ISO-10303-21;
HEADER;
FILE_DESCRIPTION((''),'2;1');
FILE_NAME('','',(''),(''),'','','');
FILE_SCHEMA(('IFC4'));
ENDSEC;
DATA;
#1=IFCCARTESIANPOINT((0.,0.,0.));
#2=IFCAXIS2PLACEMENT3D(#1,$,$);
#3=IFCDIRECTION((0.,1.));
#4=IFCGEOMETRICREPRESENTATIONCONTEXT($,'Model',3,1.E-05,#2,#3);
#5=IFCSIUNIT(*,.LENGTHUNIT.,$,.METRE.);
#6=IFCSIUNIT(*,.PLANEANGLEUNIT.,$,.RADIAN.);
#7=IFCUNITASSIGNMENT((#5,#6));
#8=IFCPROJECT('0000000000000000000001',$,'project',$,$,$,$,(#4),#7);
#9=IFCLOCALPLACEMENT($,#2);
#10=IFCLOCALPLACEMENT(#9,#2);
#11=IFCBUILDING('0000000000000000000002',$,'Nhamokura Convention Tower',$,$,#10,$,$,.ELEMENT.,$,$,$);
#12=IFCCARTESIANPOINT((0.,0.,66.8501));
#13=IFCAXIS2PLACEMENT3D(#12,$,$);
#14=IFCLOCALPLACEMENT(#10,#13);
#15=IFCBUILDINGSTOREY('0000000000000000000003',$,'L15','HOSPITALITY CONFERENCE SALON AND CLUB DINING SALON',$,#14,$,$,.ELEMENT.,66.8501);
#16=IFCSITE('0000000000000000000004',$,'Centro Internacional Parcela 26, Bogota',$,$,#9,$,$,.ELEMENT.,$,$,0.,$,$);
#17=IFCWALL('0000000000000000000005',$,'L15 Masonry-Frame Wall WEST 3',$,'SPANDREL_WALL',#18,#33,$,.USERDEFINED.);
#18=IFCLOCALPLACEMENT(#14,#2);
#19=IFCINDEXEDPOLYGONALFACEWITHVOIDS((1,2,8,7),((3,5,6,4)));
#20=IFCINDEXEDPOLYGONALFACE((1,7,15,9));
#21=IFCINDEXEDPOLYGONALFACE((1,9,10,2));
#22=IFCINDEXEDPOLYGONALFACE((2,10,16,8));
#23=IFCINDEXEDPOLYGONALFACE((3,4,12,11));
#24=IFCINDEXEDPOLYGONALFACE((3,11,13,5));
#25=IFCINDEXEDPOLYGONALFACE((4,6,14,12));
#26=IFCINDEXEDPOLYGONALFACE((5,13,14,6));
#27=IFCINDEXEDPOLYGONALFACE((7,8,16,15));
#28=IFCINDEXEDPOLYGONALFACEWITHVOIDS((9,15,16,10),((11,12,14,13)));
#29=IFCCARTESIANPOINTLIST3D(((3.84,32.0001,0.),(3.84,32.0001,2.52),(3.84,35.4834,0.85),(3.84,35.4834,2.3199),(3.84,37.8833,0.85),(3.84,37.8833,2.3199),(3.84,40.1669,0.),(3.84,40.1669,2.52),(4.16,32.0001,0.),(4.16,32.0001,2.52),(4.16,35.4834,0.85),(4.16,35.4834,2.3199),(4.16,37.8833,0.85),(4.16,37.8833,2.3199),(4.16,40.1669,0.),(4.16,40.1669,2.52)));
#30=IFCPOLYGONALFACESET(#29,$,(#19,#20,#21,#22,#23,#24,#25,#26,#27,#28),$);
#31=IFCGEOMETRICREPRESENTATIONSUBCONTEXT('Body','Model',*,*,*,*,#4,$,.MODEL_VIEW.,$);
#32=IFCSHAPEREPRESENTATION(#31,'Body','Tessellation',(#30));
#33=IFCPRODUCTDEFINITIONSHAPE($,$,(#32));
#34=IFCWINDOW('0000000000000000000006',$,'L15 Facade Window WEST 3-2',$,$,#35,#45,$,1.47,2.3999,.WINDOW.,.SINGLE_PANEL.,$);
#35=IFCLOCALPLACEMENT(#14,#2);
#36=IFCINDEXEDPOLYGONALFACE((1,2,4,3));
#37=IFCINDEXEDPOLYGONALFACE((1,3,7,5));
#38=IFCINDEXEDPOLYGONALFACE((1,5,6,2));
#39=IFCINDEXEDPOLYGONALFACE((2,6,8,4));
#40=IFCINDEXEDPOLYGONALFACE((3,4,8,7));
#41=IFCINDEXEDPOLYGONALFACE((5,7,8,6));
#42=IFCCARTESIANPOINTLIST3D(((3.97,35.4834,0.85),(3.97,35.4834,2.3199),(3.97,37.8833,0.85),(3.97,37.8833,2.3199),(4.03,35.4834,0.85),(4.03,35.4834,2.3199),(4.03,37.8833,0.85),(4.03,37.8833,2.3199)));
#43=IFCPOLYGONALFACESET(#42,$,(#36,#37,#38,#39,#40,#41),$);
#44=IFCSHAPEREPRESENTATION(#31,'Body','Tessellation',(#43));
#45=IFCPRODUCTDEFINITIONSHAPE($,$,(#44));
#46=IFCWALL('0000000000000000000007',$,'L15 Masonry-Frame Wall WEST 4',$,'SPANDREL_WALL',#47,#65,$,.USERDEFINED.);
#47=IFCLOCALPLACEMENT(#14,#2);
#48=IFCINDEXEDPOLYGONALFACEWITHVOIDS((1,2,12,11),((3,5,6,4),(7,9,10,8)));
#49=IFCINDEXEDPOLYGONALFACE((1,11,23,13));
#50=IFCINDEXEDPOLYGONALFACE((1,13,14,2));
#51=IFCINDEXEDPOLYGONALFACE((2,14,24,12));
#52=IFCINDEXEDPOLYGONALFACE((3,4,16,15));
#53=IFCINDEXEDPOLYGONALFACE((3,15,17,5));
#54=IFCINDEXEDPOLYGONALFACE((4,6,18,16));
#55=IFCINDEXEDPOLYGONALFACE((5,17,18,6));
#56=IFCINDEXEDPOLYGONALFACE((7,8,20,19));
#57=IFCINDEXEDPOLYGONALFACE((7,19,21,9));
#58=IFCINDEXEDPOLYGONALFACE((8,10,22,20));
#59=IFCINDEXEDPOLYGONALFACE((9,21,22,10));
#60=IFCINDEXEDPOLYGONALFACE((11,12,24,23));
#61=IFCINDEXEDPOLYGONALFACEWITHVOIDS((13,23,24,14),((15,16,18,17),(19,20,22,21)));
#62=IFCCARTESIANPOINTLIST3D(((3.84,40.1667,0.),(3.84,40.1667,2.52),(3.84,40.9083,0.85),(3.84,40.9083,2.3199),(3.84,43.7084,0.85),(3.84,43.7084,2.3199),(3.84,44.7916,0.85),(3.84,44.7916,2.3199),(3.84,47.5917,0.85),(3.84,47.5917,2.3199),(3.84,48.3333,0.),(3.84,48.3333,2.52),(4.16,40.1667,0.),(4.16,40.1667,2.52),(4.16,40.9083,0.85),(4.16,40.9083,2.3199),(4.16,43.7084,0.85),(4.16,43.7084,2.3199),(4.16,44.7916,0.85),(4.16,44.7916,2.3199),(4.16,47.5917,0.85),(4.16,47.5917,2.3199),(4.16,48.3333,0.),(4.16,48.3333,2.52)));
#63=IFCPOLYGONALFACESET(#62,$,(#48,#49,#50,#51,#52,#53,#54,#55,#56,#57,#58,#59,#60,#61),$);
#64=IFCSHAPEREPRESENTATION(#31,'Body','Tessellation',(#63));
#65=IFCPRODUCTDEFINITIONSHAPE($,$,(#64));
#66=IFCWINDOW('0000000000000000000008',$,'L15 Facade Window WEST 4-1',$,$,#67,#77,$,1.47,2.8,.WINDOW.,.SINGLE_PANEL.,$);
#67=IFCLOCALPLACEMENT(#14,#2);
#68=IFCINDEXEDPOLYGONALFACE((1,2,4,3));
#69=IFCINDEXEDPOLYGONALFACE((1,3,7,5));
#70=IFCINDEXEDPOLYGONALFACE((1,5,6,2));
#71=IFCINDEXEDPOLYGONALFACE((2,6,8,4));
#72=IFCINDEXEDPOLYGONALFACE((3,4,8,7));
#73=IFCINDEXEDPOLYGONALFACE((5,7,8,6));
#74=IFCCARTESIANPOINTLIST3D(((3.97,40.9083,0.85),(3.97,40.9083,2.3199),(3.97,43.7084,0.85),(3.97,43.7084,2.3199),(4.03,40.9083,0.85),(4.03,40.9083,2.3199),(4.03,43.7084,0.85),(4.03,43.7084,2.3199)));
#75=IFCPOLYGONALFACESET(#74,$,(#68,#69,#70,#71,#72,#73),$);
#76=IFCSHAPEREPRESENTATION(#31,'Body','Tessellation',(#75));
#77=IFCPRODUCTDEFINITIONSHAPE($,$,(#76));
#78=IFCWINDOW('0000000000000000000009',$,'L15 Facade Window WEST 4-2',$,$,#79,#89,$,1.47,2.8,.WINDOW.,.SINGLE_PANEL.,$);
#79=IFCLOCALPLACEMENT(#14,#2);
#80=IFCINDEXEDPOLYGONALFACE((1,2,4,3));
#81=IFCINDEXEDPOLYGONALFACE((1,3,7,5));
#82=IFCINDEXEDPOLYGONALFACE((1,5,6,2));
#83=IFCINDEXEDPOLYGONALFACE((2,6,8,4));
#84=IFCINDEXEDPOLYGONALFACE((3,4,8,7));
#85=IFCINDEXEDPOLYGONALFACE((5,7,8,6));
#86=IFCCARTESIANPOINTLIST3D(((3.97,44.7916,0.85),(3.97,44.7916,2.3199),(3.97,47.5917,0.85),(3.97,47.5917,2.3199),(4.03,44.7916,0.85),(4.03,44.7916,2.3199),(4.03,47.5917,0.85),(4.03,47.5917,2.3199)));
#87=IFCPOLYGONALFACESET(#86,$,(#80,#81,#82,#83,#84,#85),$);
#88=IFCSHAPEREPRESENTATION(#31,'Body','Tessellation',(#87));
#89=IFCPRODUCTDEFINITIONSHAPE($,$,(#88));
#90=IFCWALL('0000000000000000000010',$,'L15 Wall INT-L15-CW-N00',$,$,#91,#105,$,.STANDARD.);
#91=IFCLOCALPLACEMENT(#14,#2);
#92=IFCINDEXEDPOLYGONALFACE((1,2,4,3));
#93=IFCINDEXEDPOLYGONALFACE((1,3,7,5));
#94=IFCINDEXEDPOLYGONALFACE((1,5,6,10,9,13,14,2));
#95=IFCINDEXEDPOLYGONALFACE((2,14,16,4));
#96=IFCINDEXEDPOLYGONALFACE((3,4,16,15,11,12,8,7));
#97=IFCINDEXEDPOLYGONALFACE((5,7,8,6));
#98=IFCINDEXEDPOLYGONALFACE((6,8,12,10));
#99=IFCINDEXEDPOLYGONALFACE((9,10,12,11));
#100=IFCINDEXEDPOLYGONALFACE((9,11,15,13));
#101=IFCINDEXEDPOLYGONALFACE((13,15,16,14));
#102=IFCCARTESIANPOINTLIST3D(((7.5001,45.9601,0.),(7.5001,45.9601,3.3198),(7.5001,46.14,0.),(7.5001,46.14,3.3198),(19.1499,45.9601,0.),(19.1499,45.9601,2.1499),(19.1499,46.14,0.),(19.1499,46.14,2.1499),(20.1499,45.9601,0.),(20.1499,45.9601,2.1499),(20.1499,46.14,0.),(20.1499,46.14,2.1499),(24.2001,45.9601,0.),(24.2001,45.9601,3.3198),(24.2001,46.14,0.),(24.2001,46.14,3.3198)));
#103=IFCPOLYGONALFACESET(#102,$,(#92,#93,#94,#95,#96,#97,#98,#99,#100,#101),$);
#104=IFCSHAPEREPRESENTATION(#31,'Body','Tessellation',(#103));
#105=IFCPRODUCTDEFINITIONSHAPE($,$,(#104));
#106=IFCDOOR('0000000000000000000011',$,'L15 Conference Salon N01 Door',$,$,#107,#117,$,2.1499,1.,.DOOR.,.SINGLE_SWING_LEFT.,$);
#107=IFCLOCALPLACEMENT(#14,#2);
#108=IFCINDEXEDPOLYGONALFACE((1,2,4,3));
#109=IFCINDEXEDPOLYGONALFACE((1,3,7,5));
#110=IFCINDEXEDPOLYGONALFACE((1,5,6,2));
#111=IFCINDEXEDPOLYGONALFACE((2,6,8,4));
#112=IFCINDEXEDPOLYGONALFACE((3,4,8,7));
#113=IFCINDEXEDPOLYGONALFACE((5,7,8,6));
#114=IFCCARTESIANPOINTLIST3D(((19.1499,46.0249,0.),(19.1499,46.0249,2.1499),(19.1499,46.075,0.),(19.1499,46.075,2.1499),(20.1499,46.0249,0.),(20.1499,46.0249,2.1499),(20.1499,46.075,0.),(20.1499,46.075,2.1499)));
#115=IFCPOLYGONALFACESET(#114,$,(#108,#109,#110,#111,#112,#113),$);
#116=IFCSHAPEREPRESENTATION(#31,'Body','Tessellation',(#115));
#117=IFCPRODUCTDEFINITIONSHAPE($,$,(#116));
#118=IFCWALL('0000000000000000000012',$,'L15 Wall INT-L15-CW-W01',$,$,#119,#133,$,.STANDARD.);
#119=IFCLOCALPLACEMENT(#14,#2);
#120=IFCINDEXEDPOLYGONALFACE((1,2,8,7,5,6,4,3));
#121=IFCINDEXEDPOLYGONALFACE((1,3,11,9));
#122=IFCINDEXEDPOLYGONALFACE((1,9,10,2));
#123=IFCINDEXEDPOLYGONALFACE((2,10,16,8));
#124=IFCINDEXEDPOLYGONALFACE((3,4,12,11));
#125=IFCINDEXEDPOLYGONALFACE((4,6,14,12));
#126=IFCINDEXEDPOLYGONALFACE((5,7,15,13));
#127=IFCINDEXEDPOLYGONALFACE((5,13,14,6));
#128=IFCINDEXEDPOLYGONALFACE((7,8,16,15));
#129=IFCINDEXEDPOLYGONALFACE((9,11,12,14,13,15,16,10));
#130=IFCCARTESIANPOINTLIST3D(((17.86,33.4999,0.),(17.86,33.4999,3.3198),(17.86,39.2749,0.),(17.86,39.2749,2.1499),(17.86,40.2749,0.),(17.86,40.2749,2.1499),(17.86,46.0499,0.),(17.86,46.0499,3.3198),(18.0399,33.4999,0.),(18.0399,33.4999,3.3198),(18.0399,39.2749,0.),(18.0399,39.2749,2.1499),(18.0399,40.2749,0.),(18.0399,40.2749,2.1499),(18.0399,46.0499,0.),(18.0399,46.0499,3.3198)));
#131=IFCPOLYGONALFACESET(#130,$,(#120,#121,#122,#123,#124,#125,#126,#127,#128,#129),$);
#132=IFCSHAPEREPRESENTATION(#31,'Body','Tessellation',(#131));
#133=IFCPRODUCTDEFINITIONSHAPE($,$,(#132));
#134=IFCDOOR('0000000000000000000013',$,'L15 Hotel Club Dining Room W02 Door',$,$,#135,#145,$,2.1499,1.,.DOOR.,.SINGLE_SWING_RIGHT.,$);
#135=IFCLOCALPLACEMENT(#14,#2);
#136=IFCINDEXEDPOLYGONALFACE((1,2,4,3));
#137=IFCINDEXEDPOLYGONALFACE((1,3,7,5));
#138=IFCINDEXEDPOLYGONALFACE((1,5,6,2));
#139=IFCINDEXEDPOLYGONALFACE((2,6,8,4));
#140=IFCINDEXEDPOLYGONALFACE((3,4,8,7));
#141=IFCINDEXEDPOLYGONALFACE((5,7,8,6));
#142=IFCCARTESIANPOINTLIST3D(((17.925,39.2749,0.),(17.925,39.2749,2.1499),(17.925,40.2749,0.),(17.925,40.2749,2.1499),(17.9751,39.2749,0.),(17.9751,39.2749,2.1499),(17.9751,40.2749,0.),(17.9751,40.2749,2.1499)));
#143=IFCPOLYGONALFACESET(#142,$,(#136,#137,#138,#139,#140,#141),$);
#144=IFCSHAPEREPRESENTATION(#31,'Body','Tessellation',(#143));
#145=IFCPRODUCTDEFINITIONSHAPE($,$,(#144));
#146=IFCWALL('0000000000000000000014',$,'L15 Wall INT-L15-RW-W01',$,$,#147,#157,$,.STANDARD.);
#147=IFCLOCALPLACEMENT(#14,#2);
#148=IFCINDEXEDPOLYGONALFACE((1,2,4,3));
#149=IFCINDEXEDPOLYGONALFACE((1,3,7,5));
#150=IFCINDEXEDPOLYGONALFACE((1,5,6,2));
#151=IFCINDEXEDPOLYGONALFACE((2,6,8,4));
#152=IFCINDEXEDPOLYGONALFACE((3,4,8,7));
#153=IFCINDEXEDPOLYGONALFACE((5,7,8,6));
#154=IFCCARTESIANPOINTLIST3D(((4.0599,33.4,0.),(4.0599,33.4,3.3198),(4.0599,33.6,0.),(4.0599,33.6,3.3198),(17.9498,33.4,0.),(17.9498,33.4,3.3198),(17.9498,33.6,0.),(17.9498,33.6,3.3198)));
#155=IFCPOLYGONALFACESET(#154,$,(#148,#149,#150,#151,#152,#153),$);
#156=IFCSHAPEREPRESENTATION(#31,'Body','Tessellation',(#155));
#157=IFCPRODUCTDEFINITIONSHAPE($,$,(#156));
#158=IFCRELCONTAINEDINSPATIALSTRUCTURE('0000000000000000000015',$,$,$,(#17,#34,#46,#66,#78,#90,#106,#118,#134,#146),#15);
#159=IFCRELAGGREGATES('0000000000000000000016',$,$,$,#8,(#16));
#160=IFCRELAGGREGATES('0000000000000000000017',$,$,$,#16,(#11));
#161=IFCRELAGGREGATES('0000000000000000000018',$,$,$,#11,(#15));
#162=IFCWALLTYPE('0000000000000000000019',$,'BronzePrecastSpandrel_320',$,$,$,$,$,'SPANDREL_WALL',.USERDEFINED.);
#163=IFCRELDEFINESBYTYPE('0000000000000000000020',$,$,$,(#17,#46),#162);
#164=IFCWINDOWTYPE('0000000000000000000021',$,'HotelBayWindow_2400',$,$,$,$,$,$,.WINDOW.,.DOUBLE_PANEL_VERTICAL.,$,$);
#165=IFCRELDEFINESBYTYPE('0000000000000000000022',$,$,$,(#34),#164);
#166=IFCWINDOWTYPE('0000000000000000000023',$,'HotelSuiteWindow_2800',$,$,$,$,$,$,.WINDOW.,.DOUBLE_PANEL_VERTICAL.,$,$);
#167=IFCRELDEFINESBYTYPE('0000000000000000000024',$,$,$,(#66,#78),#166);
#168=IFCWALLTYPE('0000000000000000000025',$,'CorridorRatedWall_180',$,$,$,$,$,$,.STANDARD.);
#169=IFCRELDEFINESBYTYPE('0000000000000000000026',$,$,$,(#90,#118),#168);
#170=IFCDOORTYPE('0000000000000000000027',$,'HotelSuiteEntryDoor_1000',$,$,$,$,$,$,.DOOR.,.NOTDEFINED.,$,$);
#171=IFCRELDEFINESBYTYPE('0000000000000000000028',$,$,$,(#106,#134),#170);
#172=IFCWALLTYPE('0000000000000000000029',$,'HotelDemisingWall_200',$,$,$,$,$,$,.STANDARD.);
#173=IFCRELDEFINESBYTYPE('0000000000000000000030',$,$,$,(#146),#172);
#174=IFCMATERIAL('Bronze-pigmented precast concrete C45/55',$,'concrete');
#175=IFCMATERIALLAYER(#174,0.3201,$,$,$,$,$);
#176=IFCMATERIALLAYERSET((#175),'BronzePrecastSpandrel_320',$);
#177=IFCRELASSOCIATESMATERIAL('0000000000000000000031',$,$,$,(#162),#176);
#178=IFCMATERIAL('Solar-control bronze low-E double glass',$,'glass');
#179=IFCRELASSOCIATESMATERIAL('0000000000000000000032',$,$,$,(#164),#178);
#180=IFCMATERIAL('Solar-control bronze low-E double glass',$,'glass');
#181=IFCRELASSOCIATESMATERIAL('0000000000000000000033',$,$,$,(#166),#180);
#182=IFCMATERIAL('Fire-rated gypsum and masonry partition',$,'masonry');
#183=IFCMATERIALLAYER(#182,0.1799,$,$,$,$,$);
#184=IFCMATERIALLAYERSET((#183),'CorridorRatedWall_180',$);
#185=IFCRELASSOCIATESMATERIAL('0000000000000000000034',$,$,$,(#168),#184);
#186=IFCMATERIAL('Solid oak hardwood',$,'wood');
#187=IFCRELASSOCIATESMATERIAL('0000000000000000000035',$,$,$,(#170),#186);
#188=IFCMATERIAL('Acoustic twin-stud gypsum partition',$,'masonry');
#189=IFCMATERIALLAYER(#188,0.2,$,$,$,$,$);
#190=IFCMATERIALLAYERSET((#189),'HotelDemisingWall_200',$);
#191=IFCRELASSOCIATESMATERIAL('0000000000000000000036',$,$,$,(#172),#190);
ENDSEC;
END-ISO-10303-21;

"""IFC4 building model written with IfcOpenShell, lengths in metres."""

from ifc_helpers import new_model, si_unit, direction, frame, frame_2d, origin, place, context, subcontext, project, spatial, rectangle, extrude, material, layer, layer_set, type_object, element, fill, save


model = new_model("IFC4")

# Units and contexts
model_context = context("Model", 3, precision=1e-05, world=origin(), true_north=direction((0.0, 1.0)))
body_context = subcontext(model_context, "Body", "Model", "MODEL_VIEW")
ifc_project = project(units=[si_unit("LENGTHUNIT", "METRE"), si_unit("PLANEANGLEUNIT", "RADIAN")], contexts=[model_context])

# Site, building, storey
site_placement = place(None, origin())
site = spatial("IfcSite", under=ifc_project, at=site_placement, Name="Centro Internacional Parcela 26, Bogota", CompositionType="ELEMENT", RefElevation=0.0)
building_placement = place(site_placement, origin())
building = spatial("IfcBuilding", under=site, at=building_placement, Name="Nhamokura Convention Tower", CompositionType="ELEMENT")
storey_placement = place(building_placement, frame((0.0, 0.0, 66.8501)))
storey = spatial("IfcBuildingStorey", under=building, at=storey_placement, Name="L15", Description="HOSPITALITY CONFERENCE SALON AND CLUB DINING SALON", CompositionType="ELEMENT", Elevation=66.8501)

# Wall, opening, window
ifc_material_1 = material(Name="Bronze-pigmented precast concrete C45/55", Category="concrete")
ifc_layer_1 = layer(ifc_material_1, 0.3201)
ifc_layer_set_1 = layer_set([ifc_layer_1], Name="BronzePrecastSpandrel_320")
wall_type_1 = type_object("IfcWallType", Name="BronzePrecastSpandrel_320", ElementType="SPANDREL_WALL", PredefinedType="USERDEFINED", material=ifc_layer_set_1)
wall_1_placement = place(storey_placement, frame((4.0, 32.0, 0.0), z_axis=(0.0, 0.0, 1.0), x_axis=(0.0, 1.0, 0.0)))
wall_1 = element("IfcWall", 1, at=wall_1_placement, inside=storey, type_object=wall_type_1, Name="L15 Masonry-Frame Wall WEST 3", ObjectType="SPANDREL_WALL", PredefinedType="USERDEFINED", context=body_context, shape_type="SweptSolid", body=[
    extrude(rectangle(XDim=8.1667, YDim=0.3201, at=frame_2d((4.0835, 0.0))), origin(), (0.0, 0.0, 1.0), 2.52),
])
opening_1_placement = place(wall_1_placement, frame((3.4834, 0.0, 0.8501)))
opening_1 = element("IfcOpeningElement", 2, at=opening_1_placement, cuts=wall_1, PredefinedType="OPENING", context=body_context, shape_type="SweptSolid", body=[
    extrude(rectangle(XDim=2.3999, YDim=1.47, at=frame_2d((1.2, 0.7349))), frame((0.0, 0.1699, 0.0), z_axis=(0.0, -1.0, 0.0), x_axis=(1.0, 0.0, 0.0)), (0.0, 0.0, 1.0), 0.3401),
])
ifc_material_2 = material(Name="Solar-control bronze low-E double glass", Category="glass")
window_type_1 = type_object("IfcWindowType", Name="HotelBayWindow_2400", PartitioningType="DOUBLE_PANEL_VERTICAL", PredefinedType="WINDOW", material=ifc_material_2)
window_1_placement = place(opening_1_placement, origin())
window_1 = element("IfcWindow", 3, at=window_1_placement, inside=storey, type_object=window_type_1, Name="L15 Facade Window WEST 3-2", OverallHeight=1.47, OverallWidth=2.3999, PartitioningType="SINGLE_PANEL", PredefinedType="WINDOW", context=body_context, shape_type="SweptSolid", body=[
    extrude(rectangle(XDim=2.3999, YDim=1.47, at=frame_2d((1.2, 0.7349))), frame((0.0, 0.03, 0.0), z_axis=(0.0, -1.0, 0.0), x_axis=(1.0, 0.0, 0.0)), (0.0, 0.0, 1.0), 0.0601),
])
fill(opening_1, window_1)

# Wall, openings, windows
wall_2_placement = place(storey_placement, frame((4.0, 40.1667, 0.0), z_axis=(0.0, 0.0, 1.0), x_axis=(0.0, 1.0, 0.0)))
wall_2 = element("IfcWall", 4, at=wall_2_placement, inside=storey, type_object=wall_type_1, Name="L15 Masonry-Frame Wall WEST 4", ObjectType="SPANDREL_WALL", PredefinedType="USERDEFINED", context=body_context, shape_type="SweptSolid", body=[
    extrude(rectangle(XDim=8.1665, YDim=0.3201, at=frame_2d((4.0833, 0.0))), origin(), (0.0, 0.0, 1.0), 2.52),
])
opening_2_placement = place(wall_2_placement, frame((0.7417, 0.0, 0.8501)))
opening_2 = element("IfcOpeningElement", 5, at=opening_2_placement, cuts=wall_2, PredefinedType="OPENING", context=body_context, shape_type="SweptSolid", body=[
    extrude(rectangle(XDim=2.8, YDim=1.47, at=frame_2d((1.3999, 0.7349))), frame((0.0, 0.1699, 0.0), z_axis=(0.0, -1.0, 0.0), x_axis=(1.0, 0.0, 0.0)), (0.0, 0.0, 1.0), 0.3401),
])
opening_3_placement = place(wall_2_placement, frame((4.625, 0.0, 0.8501)))
opening_3 = element("IfcOpeningElement", 6, at=opening_3_placement, cuts=wall_2, PredefinedType="OPENING", context=body_context, shape_type="SweptSolid", body=[
    extrude(rectangle(XDim=2.8, YDim=1.47, at=frame_2d((1.3999, 0.7349))), frame((0.0, 0.1699, 0.0), z_axis=(0.0, -1.0, 0.0), x_axis=(1.0, 0.0, 0.0)), (0.0, 0.0, 1.0), 0.3401),
])
ifc_material_3 = material(Name="Solar-control bronze low-E double glass", Category="glass")
window_type_2 = type_object("IfcWindowType", Name="HotelSuiteWindow_2800", PartitioningType="DOUBLE_PANEL_VERTICAL", PredefinedType="WINDOW", material=ifc_material_3)
window_2_placement = place(opening_2_placement, origin())
window_2 = element("IfcWindow", 7, at=window_2_placement, inside=storey, type_object=window_type_2, Name="L15 Facade Window WEST 4-1", OverallHeight=1.47, OverallWidth=2.8, PartitioningType="SINGLE_PANEL", PredefinedType="WINDOW", context=body_context, shape_type="SweptSolid", body=[
    extrude(rectangle(XDim=2.8, YDim=1.47, at=frame_2d((1.3999, 0.7349))), frame((0.0, 0.03, 0.0), z_axis=(0.0, -1.0, 0.0), x_axis=(1.0, 0.0, 0.0)), (0.0, 0.0, 1.0), 0.0601),
])
fill(opening_2, window_2)
window_3_placement = place(opening_3_placement, origin())
window_3 = element("IfcWindow", 8, at=window_3_placement, inside=storey, type_object=window_type_2, Name="L15 Facade Window WEST 4-2", OverallHeight=1.47, OverallWidth=2.8, PartitioningType="SINGLE_PANEL", PredefinedType="WINDOW", context=body_context, shape_type="SweptSolid", body=[
    extrude(rectangle(XDim=2.8, YDim=1.47, at=frame_2d((1.3999, 0.7349))), frame((0.0, 0.03, 0.0), z_axis=(0.0, -1.0, 0.0), x_axis=(1.0, 0.0, 0.0)), (0.0, 0.0, 1.0), 0.0601),
])
fill(opening_3, window_3)

# Walls, openings, doors
ifc_material_4 = material(Name="Fire-rated gypsum and masonry partition", Category="masonry")
ifc_layer_2 = layer(ifc_material_4, 0.1799)
ifc_layer_set_2 = layer_set([ifc_layer_2], Name="CorridorRatedWall_180")
wall_type_2 = type_object("IfcWallType", Name="CorridorRatedWall_180", PredefinedType="STANDARD", material=ifc_layer_set_2)
wall_3_placement = place(storey_placement, frame((7.5, 46.05, 0.0), z_axis=(0.0, 0.0, 1.0), x_axis=(1.0, 0.0, 0.0)))
wall_3 = element("IfcWall", 9, at=wall_3_placement, inside=storey, type_object=wall_type_2, Name="L15 Wall INT-L15-CW-N00", PredefinedType="STANDARD", context=body_context, shape_type="SweptSolid", body=[
    extrude(rectangle(XDim=16.7, YDim=0.1799, at=frame_2d((8.3501, 0.0))), origin(), (0.0, 0.0, 1.0), 3.3198),
])
opening_4_placement = place(wall_3_placement, frame((11.6499, 0.0, 0.0)))
opening_4 = element("IfcOpeningElement", 10, at=opening_4_placement, cuts=wall_3, PredefinedType="OPENING", context=body_context, shape_type="SweptSolid", body=[
    extrude(rectangle(XDim=1.0, YDim=2.1499, at=frame_2d((0.5, 1.075))), frame((0.0, 0.0999, 0.0), z_axis=(0.0, -1.0, 0.0), x_axis=(1.0, 0.0, 0.0)), (0.0, 0.0, 1.0), 0.2),
])
ifc_material_5 = material(Name="Solid oak hardwood", Category="wood")
door_type = type_object("IfcDoorType", Name="HotelSuiteEntryDoor_1000", OperationType="NOTDEFINED", PredefinedType="DOOR", material=ifc_material_5)
door_1_placement = place(opening_4_placement, origin())
door_1 = element("IfcDoor", 11, at=door_1_placement, inside=storey, type_object=door_type, Name="L15 Conference Salon N01 Door", OperationType="SINGLE_SWING_LEFT", OverallHeight=2.1499, OverallWidth=1.0, PredefinedType="DOOR", context=body_context, shape_type="SweptSolid", body=[
    extrude(rectangle(XDim=1.0, YDim=2.1499, at=frame_2d((0.5, 1.075))), frame((0.0, 0.0249, 0.0), z_axis=(0.0, -1.0, 0.0), x_axis=(1.0, 0.0, 0.0)), (0.0, 0.0, 1.0), 0.05),
])
fill(opening_4, door_1)
wall_4_placement = place(storey_placement, frame((17.95, 33.5, 0.0), z_axis=(0.0, 0.0, 1.0), x_axis=(0.0, 1.0, 0.0)))
wall_4 = element("IfcWall", 12, at=wall_4_placement, inside=storey, type_object=wall_type_2, Name="L15 Wall INT-L15-CW-W01", PredefinedType="STANDARD", context=body_context, shape_type="SweptSolid", body=[
    extrude(rectangle(XDim=12.55, YDim=0.1799, at=frame_2d((6.2749, 0.0))), origin(), (0.0, 0.0, 1.0), 3.3198),
])
opening_5_placement = place(wall_4_placement, frame((5.7749, 0.0, 0.0)))
opening_5 = element("IfcOpeningElement", 13, at=opening_5_placement, cuts=wall_4, PredefinedType="OPENING", context=body_context, shape_type="SweptSolid", body=[
    extrude(rectangle(XDim=1.0, YDim=2.1499, at=frame_2d((0.5, 1.075))), frame((0.0, 0.0999, 0.0), z_axis=(0.0, -1.0, 0.0), x_axis=(1.0, 0.0, 0.0)), (0.0, 0.0, 1.0), 0.2),
])
door_2_placement = place(opening_5_placement, origin())
door_2 = element("IfcDoor", 14, at=door_2_placement, inside=storey, type_object=door_type, Name="L15 Hotel Club Dining Room W02 Door", OperationType="SINGLE_SWING_RIGHT", OverallHeight=2.1499, OverallWidth=1.0, PredefinedType="DOOR", context=body_context, shape_type="SweptSolid", body=[
    extrude(rectangle(XDim=1.0, YDim=2.1499, at=frame_2d((0.5, 1.075))), frame((0.0, 0.0249, 0.0), z_axis=(0.0, -1.0, 0.0), x_axis=(1.0, 0.0, 0.0)), (0.0, 0.0, 1.0), 0.05),
])
fill(opening_5, door_2)

# Wall
ifc_material_6 = material(Name="Acoustic twin-stud gypsum partition", Category="masonry")
ifc_layer_3 = layer(ifc_material_6, 0.2)
ifc_layer_set_3 = layer_set([ifc_layer_3], Name="HotelDemisingWall_200")
wall_type_3 = type_object("IfcWallType", Name="HotelDemisingWall_200", PredefinedType="STANDARD", material=ifc_layer_set_3)
wall_5_placement = place(storey_placement, frame((4.0601, 33.5, 0.0), z_axis=(0.0, 0.0, 1.0), x_axis=(1.0, 0.0, 0.0)))
element("IfcWall", 15, at=wall_5_placement, inside=storey, type_object=wall_type_3, Name="L15 Wall INT-L15-RW-W01", PredefinedType="STANDARD", context=body_context, shape_type="SweptSolid", body=[
    extrude(rectangle(XDim=13.8899, YDim=0.2, at=frame_2d((6.9448, 0.0))), origin(), (0.0, 0.0, 1.0), 3.3198),
])

save(model, "model.ifc")
